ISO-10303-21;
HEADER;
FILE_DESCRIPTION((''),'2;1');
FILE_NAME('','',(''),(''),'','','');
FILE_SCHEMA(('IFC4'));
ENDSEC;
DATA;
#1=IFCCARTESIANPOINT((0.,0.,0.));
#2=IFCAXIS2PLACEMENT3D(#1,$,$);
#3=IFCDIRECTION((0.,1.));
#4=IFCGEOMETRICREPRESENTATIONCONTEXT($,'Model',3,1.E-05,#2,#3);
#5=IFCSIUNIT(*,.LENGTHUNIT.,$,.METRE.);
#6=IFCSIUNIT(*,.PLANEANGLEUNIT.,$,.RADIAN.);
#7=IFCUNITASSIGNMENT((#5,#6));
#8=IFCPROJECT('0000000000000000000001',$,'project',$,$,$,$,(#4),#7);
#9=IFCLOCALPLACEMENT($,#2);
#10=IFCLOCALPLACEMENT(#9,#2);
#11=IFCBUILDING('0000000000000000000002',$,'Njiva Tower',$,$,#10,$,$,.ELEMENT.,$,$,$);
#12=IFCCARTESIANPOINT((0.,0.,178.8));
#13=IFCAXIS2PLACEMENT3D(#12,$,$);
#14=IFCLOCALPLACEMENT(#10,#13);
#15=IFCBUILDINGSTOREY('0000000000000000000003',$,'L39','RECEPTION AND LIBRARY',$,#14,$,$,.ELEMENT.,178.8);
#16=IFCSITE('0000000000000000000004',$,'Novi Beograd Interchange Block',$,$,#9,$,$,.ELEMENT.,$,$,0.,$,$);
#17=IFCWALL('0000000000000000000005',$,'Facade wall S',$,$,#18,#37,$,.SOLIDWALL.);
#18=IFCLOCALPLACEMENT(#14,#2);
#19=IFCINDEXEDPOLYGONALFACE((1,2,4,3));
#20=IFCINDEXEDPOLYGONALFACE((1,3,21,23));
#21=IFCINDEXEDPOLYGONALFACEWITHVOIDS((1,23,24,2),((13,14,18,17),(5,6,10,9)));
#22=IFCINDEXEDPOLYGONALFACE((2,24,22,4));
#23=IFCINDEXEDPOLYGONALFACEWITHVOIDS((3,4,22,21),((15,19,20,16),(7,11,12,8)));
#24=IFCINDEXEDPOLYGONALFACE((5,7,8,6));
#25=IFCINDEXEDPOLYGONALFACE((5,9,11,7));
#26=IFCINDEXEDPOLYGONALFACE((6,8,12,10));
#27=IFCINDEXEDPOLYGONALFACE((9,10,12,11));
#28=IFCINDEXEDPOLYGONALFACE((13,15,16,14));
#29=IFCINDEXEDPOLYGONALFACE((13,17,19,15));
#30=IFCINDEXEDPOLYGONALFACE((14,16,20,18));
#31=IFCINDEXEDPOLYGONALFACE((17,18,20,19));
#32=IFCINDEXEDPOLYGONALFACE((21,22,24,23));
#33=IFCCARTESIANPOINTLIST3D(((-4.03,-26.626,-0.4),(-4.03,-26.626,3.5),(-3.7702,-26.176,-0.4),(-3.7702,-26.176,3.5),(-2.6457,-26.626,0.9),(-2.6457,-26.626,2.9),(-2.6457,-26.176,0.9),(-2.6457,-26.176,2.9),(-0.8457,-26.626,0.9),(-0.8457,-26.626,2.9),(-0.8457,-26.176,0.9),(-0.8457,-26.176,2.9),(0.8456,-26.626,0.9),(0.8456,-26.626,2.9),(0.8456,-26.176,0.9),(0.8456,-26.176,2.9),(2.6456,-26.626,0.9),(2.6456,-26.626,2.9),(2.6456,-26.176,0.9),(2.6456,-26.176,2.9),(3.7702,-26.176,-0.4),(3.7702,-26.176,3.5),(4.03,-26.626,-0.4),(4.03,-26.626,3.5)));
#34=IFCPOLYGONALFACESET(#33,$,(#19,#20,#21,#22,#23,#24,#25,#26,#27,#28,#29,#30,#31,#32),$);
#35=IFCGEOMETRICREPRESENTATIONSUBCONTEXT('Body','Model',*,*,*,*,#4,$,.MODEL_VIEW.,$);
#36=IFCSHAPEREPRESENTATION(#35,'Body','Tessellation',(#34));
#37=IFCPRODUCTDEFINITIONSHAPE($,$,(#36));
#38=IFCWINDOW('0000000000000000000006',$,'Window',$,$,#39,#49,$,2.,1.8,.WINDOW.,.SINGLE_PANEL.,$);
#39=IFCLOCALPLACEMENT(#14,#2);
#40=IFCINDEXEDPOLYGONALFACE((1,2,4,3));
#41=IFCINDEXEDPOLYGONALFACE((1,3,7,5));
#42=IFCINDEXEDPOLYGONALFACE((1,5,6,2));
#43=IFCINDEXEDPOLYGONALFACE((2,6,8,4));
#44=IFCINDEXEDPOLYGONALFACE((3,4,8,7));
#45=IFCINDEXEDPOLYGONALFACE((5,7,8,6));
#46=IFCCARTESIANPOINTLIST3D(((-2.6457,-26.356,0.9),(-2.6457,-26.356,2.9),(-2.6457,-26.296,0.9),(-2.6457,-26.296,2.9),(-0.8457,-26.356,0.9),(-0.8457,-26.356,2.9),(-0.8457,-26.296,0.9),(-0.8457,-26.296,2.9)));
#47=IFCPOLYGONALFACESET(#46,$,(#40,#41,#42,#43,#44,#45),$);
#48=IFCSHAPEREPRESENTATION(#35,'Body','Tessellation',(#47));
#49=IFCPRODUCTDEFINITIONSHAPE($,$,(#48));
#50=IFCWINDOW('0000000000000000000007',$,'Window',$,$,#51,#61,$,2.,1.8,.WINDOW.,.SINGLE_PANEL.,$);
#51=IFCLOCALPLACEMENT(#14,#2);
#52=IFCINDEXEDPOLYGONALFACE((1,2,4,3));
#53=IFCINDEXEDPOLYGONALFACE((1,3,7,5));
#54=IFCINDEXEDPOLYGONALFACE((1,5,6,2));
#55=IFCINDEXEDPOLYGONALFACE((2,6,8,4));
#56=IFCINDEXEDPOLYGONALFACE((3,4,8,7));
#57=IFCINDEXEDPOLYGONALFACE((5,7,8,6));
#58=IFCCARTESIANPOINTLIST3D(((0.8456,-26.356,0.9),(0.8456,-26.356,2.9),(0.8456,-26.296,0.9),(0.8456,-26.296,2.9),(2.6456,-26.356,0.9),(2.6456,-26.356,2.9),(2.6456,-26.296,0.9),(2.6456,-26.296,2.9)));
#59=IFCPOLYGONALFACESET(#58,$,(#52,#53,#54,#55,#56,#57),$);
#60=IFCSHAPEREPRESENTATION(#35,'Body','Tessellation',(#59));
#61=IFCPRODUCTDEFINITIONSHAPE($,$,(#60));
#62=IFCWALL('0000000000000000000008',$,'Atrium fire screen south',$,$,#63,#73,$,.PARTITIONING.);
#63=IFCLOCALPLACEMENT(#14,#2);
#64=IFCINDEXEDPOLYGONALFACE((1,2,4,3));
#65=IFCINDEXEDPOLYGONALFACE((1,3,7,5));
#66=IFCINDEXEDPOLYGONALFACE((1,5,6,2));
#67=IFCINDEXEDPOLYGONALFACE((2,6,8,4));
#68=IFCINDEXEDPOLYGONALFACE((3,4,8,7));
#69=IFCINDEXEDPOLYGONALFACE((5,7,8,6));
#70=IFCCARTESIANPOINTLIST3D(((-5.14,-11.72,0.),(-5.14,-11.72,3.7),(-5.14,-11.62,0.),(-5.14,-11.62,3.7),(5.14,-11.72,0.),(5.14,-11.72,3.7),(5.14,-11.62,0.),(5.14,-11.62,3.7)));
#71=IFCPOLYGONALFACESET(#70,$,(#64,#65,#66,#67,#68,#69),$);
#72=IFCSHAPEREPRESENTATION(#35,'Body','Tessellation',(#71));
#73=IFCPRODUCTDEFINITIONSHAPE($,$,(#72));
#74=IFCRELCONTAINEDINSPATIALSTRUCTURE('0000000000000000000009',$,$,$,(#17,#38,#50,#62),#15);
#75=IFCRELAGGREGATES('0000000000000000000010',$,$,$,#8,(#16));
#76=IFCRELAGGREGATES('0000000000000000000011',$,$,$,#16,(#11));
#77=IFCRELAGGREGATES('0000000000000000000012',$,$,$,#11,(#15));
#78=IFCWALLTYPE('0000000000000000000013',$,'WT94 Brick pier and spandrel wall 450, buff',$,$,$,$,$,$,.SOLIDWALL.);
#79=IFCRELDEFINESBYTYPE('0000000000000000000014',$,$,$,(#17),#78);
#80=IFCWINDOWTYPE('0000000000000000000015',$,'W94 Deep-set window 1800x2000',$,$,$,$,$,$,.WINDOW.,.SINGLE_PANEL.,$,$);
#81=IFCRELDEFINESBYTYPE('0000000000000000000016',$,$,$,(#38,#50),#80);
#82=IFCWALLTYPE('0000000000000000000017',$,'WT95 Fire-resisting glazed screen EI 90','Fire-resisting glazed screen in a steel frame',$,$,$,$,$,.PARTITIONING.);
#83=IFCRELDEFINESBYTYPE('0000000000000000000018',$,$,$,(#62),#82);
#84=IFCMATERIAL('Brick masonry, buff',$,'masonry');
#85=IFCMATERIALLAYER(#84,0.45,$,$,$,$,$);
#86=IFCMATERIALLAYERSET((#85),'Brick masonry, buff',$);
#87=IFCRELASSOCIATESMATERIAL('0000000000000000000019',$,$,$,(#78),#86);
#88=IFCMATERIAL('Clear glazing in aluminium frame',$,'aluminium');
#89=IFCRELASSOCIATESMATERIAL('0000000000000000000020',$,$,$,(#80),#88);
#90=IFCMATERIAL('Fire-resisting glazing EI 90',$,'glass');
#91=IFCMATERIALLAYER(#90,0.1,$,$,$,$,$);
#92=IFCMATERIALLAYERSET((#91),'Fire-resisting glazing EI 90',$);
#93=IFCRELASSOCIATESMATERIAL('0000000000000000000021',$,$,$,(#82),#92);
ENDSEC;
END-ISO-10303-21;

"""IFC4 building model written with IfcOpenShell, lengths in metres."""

from ifc_helpers import new_model, si_unit, direction, frame, frame_2d, origin, place, context, subcontext, project, spatial, polyline, rectangle, outline, extrude, material, layer, layer_set, type_object, element, fill, save


model = new_model("IFC4")

# Units and contexts
model_context = context("Model", 3, precision=1e-05, world=origin(), true_north=direction((0.0, 1.0)))
body_context = subcontext(model_context, "Body", "Model", "MODEL_VIEW")
ifc_project = project(units=[si_unit("LENGTHUNIT", "METRE"), si_unit("PLANEANGLEUNIT", "RADIAN")], contexts=[model_context])

# Site, building, storey
site_placement = place(None, origin())
site = spatial("IfcSite", under=ifc_project, at=site_placement, Name="Novi Beograd Interchange Block", CompositionType="ELEMENT", RefElevation=0.0)
building_placement = place(site_placement, origin())
building = spatial("IfcBuilding", under=site, at=building_placement, Name="Njiva Tower", CompositionType="ELEMENT")
storey_placement = place(building_placement, frame((0.0, 0.0, 178.8)))
storey = spatial("IfcBuildingStorey", under=building, at=storey_placement, Name="L39", Description="RECEPTION AND LIBRARY", CompositionType="ELEMENT", Elevation=178.8)

# Wall, openings, windows
ifc_material_1 = material(Name="Brick masonry, buff", Category="masonry")
ifc_layer_1 = layer(ifc_material_1, 0.45)
ifc_layer_set_1 = layer_set([ifc_layer_1], Name="Brick masonry, buff")
wall_type_1 = type_object("IfcWallType", Name="WT94 Brick pier and spandrel wall 450, buff", PredefinedType="SOLIDWALL", material=ifc_layer_set_1)
wall_1_placement = place(storey_placement, frame((-3.9001, -26.401, -0.4), z_axis=(0.0, 0.0, 1.0), x_axis=(1.0, 0.0, 0.0)))
wall_1 = element("IfcWall", 1, at=wall_1_placement, inside=storey, type_object=wall_type_1, Name="Facade wall S", PredefinedType="SOLIDWALL", context=body_context, shape_type="SweptSolid", body=[
    extrude(outline(polyline([(-0.1299, -0.225), (7.9301, -0.225), (7.6703, 0.225), (0.1299, 0.225), (-0.1299, -0.225)])), origin(), (0.0, 0.0, 1.0), 3.9),
])
opening_1_placement = place(wall_1_placement, frame((1.2544, 0.0, 1.3)))
opening_1 = element("IfcOpeningElement", 2, at=opening_1_placement, cuts=wall_1, PredefinedType="OPENING", context=body_context, shape_type="SweptSolid", body=[
    extrude(rectangle(XDim=1.8, YDim=2.0, at=frame_2d((0.9, 1.0))), frame((0.0, 0.235, 0.0), z_axis=(0.0, -1.0, 0.0), x_axis=(1.0, 0.0, 0.0)), (0.0, 0.0, 1.0), 0.47),
])
opening_2_placement = place(wall_1_placement, frame((4.7457, 0.0, 1.3)))
opening_2 = element("IfcOpeningElement", 3, at=opening_2_placement, cuts=wall_1, PredefinedType="OPENING", context=body_context, shape_type="SweptSolid", body=[
    extrude(rectangle(XDim=1.8, YDim=2.0, at=frame_2d((0.9, 1.0))), frame((0.0, 0.235, 0.0), z_axis=(0.0, -1.0, 0.0), x_axis=(1.0, 0.0, 0.0)), (0.0, 0.0, 1.0), 0.47),
])
ifc_material_2 = material(Name="Clear glazing in aluminium frame", Category="aluminium")
window_type = type_object("IfcWindowType", Name="W94 Deep-set window 1800x2000", PartitioningType="SINGLE_PANEL", PredefinedType="WINDOW", material=ifc_material_2)
window_1_placement = place(opening_1_placement, origin())
window_1 = element("IfcWindow", 4, at=window_1_placement, inside=storey, type_object=window_type, Name="Window", OverallHeight=2.0, OverallWidth=1.8, PartitioningType="SINGLE_PANEL", PredefinedType="WINDOW", context=body_context, shape_type="SweptSolid", body=[
    extrude(rectangle(XDim=1.8, YDim=2.0, at=frame_2d((0.9, 1.0))), frame((0.0, 0.105, 0.0), z_axis=(0.0, -1.0, 0.0), x_axis=(1.0, 0.0, 0.0)), (0.0, 0.0, 1.0), 0.06),
])
fill(opening_1, window_1)
window_2_placement = place(opening_2_placement, origin())
window_2 = element("IfcWindow", 5, at=window_2_placement, inside=storey, type_object=window_type, Name="Window", OverallHeight=2.0, OverallWidth=1.8, PartitioningType="SINGLE_PANEL", PredefinedType="WINDOW", context=body_context, shape_type="SweptSolid", body=[
    extrude(rectangle(XDim=1.8, YDim=2.0, at=frame_2d((0.9, 1.0))), frame((0.0, 0.105, 0.0), z_axis=(0.0, -1.0, 0.0), x_axis=(1.0, 0.0, 0.0)), (0.0, 0.0, 1.0), 0.06),
])
fill(opening_2, window_2)

# Wall
ifc_material_3 = material(Name="Fire-resisting glazing EI 90", Category="glass")
ifc_layer_2 = layer(ifc_material_3, 0.1)
ifc_layer_set_2 = layer_set([ifc_layer_2], Name="Fire-resisting glazing EI 90")
wall_type_2 = type_object("IfcWallType", Name="WT95 Fire-resisting glazed screen EI 90", Description="Fire-resisting glazed screen in a steel frame", PredefinedType="PARTITIONING", material=ifc_layer_set_2)
wall_2_placement = place(storey_placement, frame((-5.14, -11.67, 0.0), z_axis=(0.0, 0.0, 1.0), x_axis=(1.0, 0.0, 0.0)))
element("IfcWall", 6, at=wall_2_placement, inside=storey, type_object=wall_type_2, Name="Atrium fire screen south", PredefinedType="PARTITIONING", context=body_context, shape_type="SweptSolid", body=[
    extrude(rectangle(XDim=10.28, YDim=0.1, at=frame_2d((5.14, 0.0))), origin(), (0.0, 0.0, 1.0), 3.7),
])

save(model, "model.ifc")
